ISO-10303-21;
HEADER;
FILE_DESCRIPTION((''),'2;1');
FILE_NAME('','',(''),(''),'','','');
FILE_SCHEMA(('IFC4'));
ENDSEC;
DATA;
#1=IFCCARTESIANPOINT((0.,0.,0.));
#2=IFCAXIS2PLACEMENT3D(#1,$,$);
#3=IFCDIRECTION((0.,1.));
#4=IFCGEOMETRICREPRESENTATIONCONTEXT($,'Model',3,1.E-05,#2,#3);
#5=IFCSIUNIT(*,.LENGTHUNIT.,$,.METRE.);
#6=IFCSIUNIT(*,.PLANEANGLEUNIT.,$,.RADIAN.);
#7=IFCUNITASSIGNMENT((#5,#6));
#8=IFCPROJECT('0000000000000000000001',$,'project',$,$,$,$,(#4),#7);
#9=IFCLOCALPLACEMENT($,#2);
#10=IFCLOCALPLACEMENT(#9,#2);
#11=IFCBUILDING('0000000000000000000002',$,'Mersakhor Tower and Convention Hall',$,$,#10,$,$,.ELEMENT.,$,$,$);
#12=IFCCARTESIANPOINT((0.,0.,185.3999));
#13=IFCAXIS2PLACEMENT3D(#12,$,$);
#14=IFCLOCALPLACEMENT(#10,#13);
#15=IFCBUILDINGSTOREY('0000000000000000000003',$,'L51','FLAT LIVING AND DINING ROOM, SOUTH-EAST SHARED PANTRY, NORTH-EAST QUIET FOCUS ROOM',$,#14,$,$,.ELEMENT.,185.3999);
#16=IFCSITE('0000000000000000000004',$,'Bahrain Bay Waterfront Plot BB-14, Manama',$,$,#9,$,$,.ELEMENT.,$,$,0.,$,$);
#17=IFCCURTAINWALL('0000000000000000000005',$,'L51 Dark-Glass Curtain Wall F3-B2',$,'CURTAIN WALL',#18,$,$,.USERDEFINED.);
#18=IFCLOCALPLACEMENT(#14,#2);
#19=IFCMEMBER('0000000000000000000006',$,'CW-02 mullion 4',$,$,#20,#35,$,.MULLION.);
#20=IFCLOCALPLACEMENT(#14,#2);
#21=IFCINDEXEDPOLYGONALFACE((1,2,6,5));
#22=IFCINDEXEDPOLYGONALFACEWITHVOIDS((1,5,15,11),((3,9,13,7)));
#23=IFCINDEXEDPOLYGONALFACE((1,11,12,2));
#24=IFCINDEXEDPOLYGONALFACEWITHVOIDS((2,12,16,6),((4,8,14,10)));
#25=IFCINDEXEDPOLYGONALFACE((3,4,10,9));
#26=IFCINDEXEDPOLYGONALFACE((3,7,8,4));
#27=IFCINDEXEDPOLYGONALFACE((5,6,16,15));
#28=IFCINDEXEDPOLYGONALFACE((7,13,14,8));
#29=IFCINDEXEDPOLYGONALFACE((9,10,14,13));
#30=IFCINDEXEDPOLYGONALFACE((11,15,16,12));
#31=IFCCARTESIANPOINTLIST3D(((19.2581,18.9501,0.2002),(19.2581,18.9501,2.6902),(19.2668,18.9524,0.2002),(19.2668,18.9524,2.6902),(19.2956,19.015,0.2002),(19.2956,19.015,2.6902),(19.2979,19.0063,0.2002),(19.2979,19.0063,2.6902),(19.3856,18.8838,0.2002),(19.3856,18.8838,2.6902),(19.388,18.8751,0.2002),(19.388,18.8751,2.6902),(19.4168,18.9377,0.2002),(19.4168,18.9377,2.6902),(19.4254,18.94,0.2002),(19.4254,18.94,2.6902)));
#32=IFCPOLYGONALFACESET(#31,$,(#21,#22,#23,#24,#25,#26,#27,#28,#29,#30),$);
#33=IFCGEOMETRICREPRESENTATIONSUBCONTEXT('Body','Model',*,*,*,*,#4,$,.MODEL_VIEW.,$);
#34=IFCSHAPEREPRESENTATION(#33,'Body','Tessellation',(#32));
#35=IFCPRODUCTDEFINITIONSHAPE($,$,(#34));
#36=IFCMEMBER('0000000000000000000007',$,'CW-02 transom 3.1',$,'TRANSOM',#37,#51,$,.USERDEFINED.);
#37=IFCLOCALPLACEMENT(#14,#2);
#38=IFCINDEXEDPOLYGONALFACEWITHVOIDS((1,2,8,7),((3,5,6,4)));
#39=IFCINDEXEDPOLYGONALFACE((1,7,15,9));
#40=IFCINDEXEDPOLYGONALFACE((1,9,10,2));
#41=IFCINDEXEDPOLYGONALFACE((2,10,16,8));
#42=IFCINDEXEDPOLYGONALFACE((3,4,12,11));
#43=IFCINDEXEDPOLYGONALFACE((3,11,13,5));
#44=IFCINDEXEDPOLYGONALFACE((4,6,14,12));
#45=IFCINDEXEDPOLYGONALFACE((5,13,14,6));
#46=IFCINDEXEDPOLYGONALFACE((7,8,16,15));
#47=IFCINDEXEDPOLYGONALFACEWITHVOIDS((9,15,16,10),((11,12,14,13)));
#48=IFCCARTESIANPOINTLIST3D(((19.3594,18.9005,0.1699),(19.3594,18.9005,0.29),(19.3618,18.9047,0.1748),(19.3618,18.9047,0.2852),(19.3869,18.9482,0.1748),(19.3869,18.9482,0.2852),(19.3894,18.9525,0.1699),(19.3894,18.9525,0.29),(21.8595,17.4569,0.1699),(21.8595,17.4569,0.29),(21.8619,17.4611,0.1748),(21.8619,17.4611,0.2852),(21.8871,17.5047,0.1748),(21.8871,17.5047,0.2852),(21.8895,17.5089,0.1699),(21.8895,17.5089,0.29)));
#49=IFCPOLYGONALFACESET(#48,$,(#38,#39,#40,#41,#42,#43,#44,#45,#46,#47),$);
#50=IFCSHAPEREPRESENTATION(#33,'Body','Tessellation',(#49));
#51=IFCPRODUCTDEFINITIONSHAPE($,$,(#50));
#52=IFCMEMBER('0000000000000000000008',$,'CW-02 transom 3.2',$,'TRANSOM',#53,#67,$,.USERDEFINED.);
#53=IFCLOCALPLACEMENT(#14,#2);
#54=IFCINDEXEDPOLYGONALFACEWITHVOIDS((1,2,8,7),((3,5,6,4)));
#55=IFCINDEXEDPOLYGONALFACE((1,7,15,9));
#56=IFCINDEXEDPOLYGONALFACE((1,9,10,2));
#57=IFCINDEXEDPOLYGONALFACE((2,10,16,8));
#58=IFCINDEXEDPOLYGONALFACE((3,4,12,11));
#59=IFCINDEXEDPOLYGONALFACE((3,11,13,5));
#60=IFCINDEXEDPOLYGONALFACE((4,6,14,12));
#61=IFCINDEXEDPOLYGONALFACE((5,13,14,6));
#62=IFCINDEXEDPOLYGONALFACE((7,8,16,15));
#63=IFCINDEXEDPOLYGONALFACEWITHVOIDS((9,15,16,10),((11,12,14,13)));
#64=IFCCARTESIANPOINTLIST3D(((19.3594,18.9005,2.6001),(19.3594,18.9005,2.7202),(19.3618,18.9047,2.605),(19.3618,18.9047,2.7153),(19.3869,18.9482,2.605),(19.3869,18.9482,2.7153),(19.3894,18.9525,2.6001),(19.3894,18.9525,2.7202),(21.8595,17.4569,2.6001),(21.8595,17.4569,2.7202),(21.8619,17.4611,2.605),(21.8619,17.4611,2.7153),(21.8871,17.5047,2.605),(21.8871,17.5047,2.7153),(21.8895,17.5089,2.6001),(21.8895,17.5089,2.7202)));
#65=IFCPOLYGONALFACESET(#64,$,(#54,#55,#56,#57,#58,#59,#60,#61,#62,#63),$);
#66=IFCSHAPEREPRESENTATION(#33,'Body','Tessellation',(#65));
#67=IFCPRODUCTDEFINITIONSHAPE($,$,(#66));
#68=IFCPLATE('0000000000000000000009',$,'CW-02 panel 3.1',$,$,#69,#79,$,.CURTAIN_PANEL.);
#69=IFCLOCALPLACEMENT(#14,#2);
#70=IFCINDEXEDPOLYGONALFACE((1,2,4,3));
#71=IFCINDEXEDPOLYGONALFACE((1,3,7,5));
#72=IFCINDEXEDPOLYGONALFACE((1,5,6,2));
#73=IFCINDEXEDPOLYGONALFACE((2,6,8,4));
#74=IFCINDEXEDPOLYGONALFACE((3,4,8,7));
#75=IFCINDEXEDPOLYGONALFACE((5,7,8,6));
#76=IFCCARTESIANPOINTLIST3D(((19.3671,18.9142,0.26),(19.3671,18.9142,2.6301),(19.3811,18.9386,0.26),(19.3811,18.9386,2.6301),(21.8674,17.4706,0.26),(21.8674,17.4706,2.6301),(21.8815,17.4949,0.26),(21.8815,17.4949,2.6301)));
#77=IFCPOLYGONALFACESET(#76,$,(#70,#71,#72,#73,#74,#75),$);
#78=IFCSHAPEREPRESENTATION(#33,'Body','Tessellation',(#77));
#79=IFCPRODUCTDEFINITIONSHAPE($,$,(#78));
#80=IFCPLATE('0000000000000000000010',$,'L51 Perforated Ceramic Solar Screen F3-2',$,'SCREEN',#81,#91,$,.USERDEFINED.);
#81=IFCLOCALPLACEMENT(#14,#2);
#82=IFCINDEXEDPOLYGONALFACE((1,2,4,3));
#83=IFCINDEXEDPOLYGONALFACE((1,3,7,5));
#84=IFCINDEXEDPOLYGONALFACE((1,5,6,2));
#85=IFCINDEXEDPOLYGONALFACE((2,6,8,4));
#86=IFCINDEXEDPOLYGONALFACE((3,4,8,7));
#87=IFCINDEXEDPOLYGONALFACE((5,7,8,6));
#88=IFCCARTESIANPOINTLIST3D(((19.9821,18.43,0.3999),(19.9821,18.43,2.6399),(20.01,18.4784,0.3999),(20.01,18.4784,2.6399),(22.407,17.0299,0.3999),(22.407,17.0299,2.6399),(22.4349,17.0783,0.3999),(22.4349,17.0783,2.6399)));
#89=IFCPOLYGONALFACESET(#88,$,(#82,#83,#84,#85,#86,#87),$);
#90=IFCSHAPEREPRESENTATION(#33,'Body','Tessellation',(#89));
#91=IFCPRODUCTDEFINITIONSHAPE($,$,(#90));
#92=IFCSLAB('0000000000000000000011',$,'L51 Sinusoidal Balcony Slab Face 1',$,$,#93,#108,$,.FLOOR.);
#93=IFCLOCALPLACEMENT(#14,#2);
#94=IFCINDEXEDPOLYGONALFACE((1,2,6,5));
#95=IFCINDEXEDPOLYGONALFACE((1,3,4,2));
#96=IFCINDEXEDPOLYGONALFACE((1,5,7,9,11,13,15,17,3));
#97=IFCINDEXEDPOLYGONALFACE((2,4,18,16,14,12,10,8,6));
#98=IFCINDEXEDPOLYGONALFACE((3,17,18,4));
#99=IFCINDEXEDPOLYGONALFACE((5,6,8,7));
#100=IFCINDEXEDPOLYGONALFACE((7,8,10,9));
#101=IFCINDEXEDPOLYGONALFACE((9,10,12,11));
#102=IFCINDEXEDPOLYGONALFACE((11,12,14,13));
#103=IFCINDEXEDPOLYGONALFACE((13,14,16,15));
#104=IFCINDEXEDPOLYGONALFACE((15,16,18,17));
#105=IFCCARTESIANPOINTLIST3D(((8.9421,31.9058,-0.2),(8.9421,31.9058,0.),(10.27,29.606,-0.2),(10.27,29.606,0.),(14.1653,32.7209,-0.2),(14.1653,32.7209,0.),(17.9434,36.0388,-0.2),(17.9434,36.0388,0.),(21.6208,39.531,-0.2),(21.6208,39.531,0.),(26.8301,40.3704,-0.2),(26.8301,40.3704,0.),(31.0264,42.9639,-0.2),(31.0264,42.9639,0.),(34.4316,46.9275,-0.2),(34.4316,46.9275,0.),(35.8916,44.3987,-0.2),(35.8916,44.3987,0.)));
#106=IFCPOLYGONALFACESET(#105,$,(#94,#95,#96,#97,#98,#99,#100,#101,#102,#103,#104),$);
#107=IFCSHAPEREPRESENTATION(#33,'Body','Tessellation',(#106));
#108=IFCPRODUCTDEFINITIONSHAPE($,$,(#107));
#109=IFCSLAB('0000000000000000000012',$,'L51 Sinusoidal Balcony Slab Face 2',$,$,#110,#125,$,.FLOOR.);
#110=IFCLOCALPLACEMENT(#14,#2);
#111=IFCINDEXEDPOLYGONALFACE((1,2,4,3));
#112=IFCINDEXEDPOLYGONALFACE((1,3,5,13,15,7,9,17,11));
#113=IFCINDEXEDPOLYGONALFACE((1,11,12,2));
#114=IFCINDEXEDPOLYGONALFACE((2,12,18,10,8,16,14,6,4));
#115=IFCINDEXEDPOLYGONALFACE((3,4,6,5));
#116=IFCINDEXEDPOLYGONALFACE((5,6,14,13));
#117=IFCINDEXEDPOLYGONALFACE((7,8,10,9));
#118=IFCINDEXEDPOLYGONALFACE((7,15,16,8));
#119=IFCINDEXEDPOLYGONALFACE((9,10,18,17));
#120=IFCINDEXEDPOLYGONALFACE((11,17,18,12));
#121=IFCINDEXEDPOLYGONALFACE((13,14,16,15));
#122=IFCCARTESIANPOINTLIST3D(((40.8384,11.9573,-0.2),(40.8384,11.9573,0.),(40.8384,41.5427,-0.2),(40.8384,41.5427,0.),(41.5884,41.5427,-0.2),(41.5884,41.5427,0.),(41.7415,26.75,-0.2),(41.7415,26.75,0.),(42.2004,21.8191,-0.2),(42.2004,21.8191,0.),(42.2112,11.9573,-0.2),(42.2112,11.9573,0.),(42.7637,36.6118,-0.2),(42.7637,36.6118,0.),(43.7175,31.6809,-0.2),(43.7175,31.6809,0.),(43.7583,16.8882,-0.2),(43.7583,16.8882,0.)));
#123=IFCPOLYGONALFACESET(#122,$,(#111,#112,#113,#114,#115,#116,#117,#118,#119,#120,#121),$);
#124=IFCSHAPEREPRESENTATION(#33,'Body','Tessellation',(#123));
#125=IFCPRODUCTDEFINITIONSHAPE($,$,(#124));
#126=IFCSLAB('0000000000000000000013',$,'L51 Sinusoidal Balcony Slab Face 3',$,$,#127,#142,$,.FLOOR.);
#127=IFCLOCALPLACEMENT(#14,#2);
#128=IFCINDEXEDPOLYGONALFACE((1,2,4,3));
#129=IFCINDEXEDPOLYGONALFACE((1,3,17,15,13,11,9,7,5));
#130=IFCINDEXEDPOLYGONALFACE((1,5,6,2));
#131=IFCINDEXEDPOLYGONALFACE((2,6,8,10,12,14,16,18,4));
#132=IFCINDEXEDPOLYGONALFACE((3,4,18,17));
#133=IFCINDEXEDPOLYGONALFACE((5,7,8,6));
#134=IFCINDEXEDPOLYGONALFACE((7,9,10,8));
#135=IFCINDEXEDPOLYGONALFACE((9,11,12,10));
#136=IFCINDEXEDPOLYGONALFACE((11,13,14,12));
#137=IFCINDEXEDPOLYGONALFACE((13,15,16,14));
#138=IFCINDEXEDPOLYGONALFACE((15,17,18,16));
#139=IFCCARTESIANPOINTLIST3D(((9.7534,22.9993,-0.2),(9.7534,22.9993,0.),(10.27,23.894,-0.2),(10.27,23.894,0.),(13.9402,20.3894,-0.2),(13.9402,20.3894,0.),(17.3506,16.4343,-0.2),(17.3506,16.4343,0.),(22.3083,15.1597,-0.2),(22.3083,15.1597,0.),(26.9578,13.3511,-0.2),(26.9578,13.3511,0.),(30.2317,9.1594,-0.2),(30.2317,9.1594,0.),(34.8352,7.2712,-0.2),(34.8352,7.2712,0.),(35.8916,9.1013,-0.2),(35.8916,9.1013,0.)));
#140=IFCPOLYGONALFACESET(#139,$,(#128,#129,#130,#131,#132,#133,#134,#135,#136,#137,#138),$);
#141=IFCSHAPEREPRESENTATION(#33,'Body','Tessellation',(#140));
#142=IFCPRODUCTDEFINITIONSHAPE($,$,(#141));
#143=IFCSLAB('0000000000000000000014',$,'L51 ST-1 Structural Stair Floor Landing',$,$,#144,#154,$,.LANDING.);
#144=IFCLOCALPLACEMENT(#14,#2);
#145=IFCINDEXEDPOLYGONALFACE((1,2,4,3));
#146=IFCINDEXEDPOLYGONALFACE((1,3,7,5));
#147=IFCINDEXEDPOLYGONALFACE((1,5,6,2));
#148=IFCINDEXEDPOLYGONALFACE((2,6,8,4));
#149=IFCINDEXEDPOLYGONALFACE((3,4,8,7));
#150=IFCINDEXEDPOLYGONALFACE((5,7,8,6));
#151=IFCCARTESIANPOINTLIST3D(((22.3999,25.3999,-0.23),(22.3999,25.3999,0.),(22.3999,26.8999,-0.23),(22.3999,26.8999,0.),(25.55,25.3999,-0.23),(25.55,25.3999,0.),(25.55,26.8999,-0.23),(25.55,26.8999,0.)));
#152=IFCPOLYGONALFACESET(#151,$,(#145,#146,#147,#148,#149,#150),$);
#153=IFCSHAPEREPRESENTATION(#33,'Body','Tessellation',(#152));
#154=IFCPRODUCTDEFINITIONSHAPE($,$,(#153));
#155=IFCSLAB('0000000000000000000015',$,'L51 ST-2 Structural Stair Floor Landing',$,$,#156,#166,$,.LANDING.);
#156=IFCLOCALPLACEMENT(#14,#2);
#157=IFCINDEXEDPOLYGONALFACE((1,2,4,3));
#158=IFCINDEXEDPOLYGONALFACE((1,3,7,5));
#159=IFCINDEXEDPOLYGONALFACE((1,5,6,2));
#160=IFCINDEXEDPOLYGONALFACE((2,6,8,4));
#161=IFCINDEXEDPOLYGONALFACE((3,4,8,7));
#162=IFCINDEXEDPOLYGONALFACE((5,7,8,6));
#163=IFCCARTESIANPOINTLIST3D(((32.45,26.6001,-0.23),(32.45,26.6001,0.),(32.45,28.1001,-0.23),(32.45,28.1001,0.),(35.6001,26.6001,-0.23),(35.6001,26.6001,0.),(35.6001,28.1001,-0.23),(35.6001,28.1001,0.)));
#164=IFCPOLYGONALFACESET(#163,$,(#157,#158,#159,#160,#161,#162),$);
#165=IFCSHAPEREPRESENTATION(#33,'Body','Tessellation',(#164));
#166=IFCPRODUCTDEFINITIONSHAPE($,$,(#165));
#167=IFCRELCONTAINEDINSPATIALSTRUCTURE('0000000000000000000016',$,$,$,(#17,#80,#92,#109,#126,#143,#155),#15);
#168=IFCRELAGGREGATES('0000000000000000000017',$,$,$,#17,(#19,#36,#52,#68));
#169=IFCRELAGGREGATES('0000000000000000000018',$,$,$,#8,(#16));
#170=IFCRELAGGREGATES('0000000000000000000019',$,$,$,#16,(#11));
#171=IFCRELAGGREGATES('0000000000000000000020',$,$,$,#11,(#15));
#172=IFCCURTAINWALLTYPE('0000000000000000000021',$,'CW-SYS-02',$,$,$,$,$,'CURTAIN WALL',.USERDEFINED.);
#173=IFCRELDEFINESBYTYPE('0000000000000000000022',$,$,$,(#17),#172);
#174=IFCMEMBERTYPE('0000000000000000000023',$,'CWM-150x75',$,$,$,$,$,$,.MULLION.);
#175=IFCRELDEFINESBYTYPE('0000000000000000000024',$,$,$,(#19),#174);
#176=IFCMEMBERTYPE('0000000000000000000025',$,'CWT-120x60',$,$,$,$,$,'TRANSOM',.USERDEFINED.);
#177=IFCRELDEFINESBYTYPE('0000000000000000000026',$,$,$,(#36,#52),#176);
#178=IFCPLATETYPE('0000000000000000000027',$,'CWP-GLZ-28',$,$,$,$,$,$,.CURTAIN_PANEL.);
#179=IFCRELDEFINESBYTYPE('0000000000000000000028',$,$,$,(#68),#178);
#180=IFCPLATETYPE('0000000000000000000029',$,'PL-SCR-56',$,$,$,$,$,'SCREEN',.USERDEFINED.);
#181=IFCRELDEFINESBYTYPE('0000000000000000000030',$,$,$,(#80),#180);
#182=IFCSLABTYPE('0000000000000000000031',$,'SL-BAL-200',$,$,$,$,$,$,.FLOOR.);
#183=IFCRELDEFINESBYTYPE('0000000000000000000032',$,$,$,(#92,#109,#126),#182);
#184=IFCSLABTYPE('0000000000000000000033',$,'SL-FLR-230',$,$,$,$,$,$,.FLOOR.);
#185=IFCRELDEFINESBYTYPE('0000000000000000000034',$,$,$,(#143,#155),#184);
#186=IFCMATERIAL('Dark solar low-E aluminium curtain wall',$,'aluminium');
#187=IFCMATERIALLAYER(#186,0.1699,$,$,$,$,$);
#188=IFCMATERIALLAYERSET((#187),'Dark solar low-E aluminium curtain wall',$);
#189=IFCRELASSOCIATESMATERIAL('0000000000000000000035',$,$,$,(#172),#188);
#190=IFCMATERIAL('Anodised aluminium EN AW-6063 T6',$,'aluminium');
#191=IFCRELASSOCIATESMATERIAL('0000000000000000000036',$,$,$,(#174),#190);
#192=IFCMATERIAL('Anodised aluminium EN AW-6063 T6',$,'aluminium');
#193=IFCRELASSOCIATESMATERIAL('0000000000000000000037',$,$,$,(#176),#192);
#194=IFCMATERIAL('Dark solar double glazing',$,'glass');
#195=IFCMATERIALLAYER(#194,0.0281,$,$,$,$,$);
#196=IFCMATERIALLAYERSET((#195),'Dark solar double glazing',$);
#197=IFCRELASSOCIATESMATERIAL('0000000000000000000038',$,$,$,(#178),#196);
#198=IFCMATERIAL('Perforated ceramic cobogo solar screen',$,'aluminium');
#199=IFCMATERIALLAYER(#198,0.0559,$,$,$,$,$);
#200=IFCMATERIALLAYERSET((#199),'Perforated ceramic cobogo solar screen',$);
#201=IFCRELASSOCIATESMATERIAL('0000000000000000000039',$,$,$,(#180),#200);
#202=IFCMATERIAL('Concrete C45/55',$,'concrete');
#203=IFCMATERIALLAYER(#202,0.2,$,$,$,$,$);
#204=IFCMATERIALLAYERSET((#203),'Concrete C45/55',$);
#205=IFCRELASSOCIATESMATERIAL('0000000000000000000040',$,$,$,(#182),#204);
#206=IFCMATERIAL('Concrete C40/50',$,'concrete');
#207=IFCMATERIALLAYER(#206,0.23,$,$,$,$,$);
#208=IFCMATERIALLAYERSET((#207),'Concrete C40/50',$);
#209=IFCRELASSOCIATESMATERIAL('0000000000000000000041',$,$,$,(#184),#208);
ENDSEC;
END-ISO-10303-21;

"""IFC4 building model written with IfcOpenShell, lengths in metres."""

from ifc_helpers import new_model, si_unit, direction, frame, origin, origin_2d, place, context, subcontext, project, spatial, polyline, rectangle, hollow_rectangle, outline, extrude, material, layer, layer_set, material_profile, profile_set, type_object, element, aggregate, save


model = new_model("IFC4")

# Units and contexts
model_context = context("Model", 3, precision=1e-05, world=origin(), true_north=direction((0.0, 1.0)))
body_context = subcontext(model_context, "Body", "Model", "MODEL_VIEW")
ifc_project = project(units=[si_unit("LENGTHUNIT", "METRE"), si_unit("PLANEANGLEUNIT", "RADIAN")], contexts=[model_context])

# Site, building, storey
site_placement = place(None, origin())
site = spatial("IfcSite", under=ifc_project, at=site_placement, Name="Bahrain Bay Waterfront Plot BB-14, Manama", CompositionType="ELEMENT", RefElevation=0.0)
building_placement = place(site_placement, origin())
building = spatial("IfcBuilding", under=site, at=building_placement, Name="Mersakhor Tower and Convention Hall", CompositionType="ELEMENT")
storey_placement = place(building_placement, frame((0.0, 0.0, 185.3999)))
storey = spatial("IfcBuildingStorey", under=building, at=storey_placement, Name="L51", Description="FLAT LIVING AND DINING ROOM, SOUTH-EAST SHARED PANTRY, NORTH-EAST QUIET FOCUS ROOM", CompositionType="ELEMENT", Elevation=185.3999)

# Curtain wall, members, plate
ifc_material_1 = material(Name="Dark solar low-E aluminium curtain wall", Category="aluminium")
ifc_layer_1 = layer(ifc_material_1, 0.1699)
ifc_layer_set_1 = layer_set([ifc_layer_1], Name="Dark solar low-E aluminium curtain wall")
curtain_wall_type = type_object("IfcCurtainWallType", Name="CW-SYS-02", ElementType="CURTAIN WALL", PredefinedType="USERDEFINED", material=ifc_layer_set_1)
curtain_wall_placement = place(storey_placement, origin())
curtain_wall = element("IfcCurtainWall", 1, at=curtain_wall_placement, inside=storey, type_object=curtain_wall_type, Name="L51 Dark-Glass Curtain Wall F3-B2", ObjectType="CURTAIN WALL", PredefinedType="USERDEFINED")
ifc_material_2 = material(Name="Anodised aluminium EN AW-6063 T6", Category="aluminium")
ifc_material_profile_1 = material_profile(ifc_material_2, hollow_rectangle(XDim=0.075, YDim=0.1499, WallThickness=0.0063, at=origin_2d()), Name="RHS 150x75x6.3")
ifc_profile_set_1 = profile_set([ifc_material_profile_1], Name="Anodised aluminium EN AW-6063 T6")
member_type_1 = type_object("IfcMemberType", Name="CWM-150x75", PredefinedType="MULLION", material=ifc_profile_set_1)
member_1_placement = place(storey_placement, frame((19.3418, 18.9451, 0.2002), z_axis=(0.0, 0.0, 1.0), x_axis=(-0.500008, -0.866021, 0.0)))
member_1 = element("IfcMember", 2, at=member_1_placement, type_object=member_type_1, Name="CW-02 mullion 4", PredefinedType="MULLION", context=body_context, shape_type="SweptSolid", body=[
    extrude(hollow_rectangle(XDim=0.075, YDim=0.1499, WallThickness=0.0063, at=origin_2d()), origin(), (0.0, 0.0, 1.0), 2.49),
])
ifc_material_3 = material(Name="Anodised aluminium EN AW-6063 T6", Category="aluminium")
ifc_material_profile_2 = material_profile(ifc_material_3, hollow_rectangle(XDim=0.0601, YDim=0.1201, WallThickness=0.0049, at=origin_2d()), Name="RHS 120x60x5")
ifc_profile_set_2 = profile_set([ifc_material_profile_2], Name="Anodised aluminium EN AW-6063 T6")
member_type_2 = type_object("IfcMemberType", Name="CWT-120x60", ElementType="TRANSOM", PredefinedType="USERDEFINED", material=ifc_profile_set_2)
member_2_placement = place(storey_placement, frame((21.8745, 17.4829, 0.23), z_axis=(-0.866012, 0.500023, 0.0), x_axis=(-0.500023, -0.866012, 0.0)))
member_2 = element("IfcMember", 3, at=member_2_placement, type_object=member_type_2, Name="CW-02 transom 3.1", ObjectType="TRANSOM", PredefinedType="USERDEFINED", context=body_context, shape_type="SweptSolid", body=[
    extrude(hollow_rectangle(XDim=0.0601, YDim=0.1201, WallThickness=0.0049, at=origin_2d()), origin(), (0.0, 0.0, 1.0), 2.887),
])
member_3_placement = place(storey_placement, frame((21.8745, 17.4829, 2.6602), z_axis=(-0.866012, 0.500023, 0.0), x_axis=(-0.500023, -0.866012, 0.0)))
member_3 = element("IfcMember", 4, at=member_3_placement, type_object=member_type_2, Name="CW-02 transom 3.2", ObjectType="TRANSOM", PredefinedType="USERDEFINED", context=body_context, shape_type="SweptSolid", body=[
    extrude(hollow_rectangle(XDim=0.0601, YDim=0.1201, WallThickness=0.0049, at=origin_2d()), origin(), (0.0, 0.0, 1.0), 2.887),
])
ifc_material_4 = material(Name="Dark solar double glazing", Category="glass")
ifc_layer_2 = layer(ifc_material_4, 0.0281)
ifc_layer_set_2 = layer_set([ifc_layer_2], Name="Dark solar double glazing")
plate_type_1 = type_object("IfcPlateType", Name="CWP-GLZ-28", PredefinedType="CURTAIN_PANEL", material=ifc_layer_set_2)
plate_1_placement = place(storey_placement, frame((20.6243, 18.2046, 0.26), z_axis=(0.0, 0.0, 1.0), x_axis=(-0.866021, 0.500008, 0.0)))
plate_1 = element("IfcPlate", 5, at=plate_1_placement, type_object=plate_type_1, Name="CW-02 panel 3.1", PredefinedType="CURTAIN_PANEL", context=body_context, shape_type="SweptSolid", body=[
    extrude(rectangle(XDim=2.8872, YDim=0.0281, at=origin_2d()), origin(), (0.0, 0.0, 1.0), 2.3701),
])
aggregate(curtain_wall, [member_1, member_2, member_3, plate_1])

# Plate
ifc_material_5 = material(Name="Perforated ceramic cobogo solar screen", Category="aluminium")
ifc_layer_3 = layer(ifc_material_5, 0.0559)
ifc_layer_set_3 = layer_set([ifc_layer_3], Name="Perforated ceramic cobogo solar screen")
plate_type_2 = type_object("IfcPlateType", Name="PL-SCR-56", ElementType="SCREEN", PredefinedType="USERDEFINED", material=ifc_layer_set_3)
plate_2_placement = place(storey_placement, frame((21.2085, 17.7542, 0.3999), z_axis=(0.0, 0.0, 1.0), x_axis=(-0.866025, 0.5, 0.0)))
element("IfcPlate", 6, at=plate_2_placement, inside=storey, type_object=plate_type_2, Name="L51 Perforated Ceramic Solar Screen F3-2", ObjectType="SCREEN", PredefinedType="USERDEFINED", context=body_context, shape_type="SweptSolid", body=[
    extrude(rectangle(XDim=2.8, YDim=0.0559, at=origin_2d()), origin(), (0.0, 0.0, 1.0), 2.24),
])

# Slabs
ifc_material_6 = material(Name="Concrete C45/55", Category="concrete")
ifc_layer_4 = layer(ifc_material_6, 0.2)
ifc_layer_set_4 = layer_set([ifc_layer_4], Name="Concrete C45/55")
slab_type_1 = type_object("IfcSlabType", Name="SL-BAL-200", PredefinedType="FLOOR", material=ifc_layer_set_4)
slab_1_placement = place(storey_placement, frame((0.0, 0.0, -0.2)))
element("IfcSlab", 7, at=slab_1_placement, inside=storey, type_object=slab_type_1, Name="L51 Sinusoidal Balcony Slab Face 1", PredefinedType="FLOOR", context=body_context, shape_type="SweptSolid", body=[
    extrude(outline(polyline([(10.27, 29.606), (35.8916, 44.3987), (34.4316, 46.9275), (31.0264, 42.9639), (26.8301, 40.3704), (21.6208, 39.531), (17.9434, 36.0388), (14.1653, 32.7209), (8.9421, 31.9058), (10.27, 29.606)])), origin(), (0.0, 0.0, 1.0), 0.2),
])
slab_2_placement = place(storey_placement, frame((0.0, 0.0, -0.2)))
element("IfcSlab", 8, at=slab_2_placement, inside=storey, type_object=slab_type_1, Name="L51 Sinusoidal Balcony Slab Face 2", PredefinedType="FLOOR", context=body_context, shape_type="SweptSolid", body=[
    extrude(outline(polyline([(40.8384, 41.5427), (40.8384, 11.9573), (42.2112, 11.9573), (43.7583, 16.8882), (42.2004, 21.8191), (41.7415, 26.75), (43.7175, 31.6809), (42.7637, 36.6118), (41.5884, 41.5427), (40.8384, 41.5427)])), origin(), (0.0, 0.0, 1.0), 0.2),
])
slab_3_placement = place(storey_placement, frame((0.0, 0.0, -0.2)))
element("IfcSlab", 9, at=slab_3_placement, inside=storey, type_object=slab_type_1, Name="L51 Sinusoidal Balcony Slab Face 3", PredefinedType="FLOOR", context=body_context, shape_type="SweptSolid", body=[
    extrude(outline(polyline([(35.8916, 9.1013), (10.27, 23.894), (9.7534, 22.9993), (13.9402, 20.3894), (17.3506, 16.4343), (22.3083, 15.1597), (26.9578, 13.3511), (30.2317, 9.1594), (34.8352, 7.2712), (35.8916, 9.1013)])), origin(), (0.0, 0.0, 1.0), 0.2),
])
ifc_material_7 = material(Name="Concrete C40/50", Category="concrete")
ifc_layer_5 = layer(ifc_material_7, 0.23)
ifc_layer_set_5 = layer_set([ifc_layer_5], Name="Concrete C40/50")
slab_type_2 = type_object("IfcSlabType", Name="SL-FLR-230", PredefinedType="FLOOR", material=ifc_layer_set_5)
slab_4_placement = place(storey_placement, frame((0.0, 0.0, -0.23)))
element("IfcSlab", 10, at=slab_4_placement, inside=storey, type_object=slab_type_2, Name="L51 ST-1 Structural Stair Floor Landing", PredefinedType="LANDING", context=body_context, shape_type="SweptSolid", body=[
    extrude(outline(polyline([(25.55, 25.3999), (25.55, 26.8999), (22.3999, 26.8999), (22.3999, 25.3999), (25.55, 25.3999)])), origin(), (0.0, 0.0, 1.0), 0.23),
])
slab_5_placement = place(storey_placement, frame((0.0, 0.0, -0.23)))
element("IfcSlab", 11, at=slab_5_placement, inside=storey, type_object=slab_type_2, Name="L51 ST-2 Structural Stair Floor Landing", PredefinedType="LANDING", context=body_context, shape_type="SweptSolid", body=[
    extrude(outline(polyline([(32.45, 28.1001), (32.45, 26.6001), (35.6001, 26.6001), (35.6001, 28.1001), (32.45, 28.1001)])), origin(), (0.0, 0.0, 1.0), 0.23),
])

save(model, "model.ifc")
